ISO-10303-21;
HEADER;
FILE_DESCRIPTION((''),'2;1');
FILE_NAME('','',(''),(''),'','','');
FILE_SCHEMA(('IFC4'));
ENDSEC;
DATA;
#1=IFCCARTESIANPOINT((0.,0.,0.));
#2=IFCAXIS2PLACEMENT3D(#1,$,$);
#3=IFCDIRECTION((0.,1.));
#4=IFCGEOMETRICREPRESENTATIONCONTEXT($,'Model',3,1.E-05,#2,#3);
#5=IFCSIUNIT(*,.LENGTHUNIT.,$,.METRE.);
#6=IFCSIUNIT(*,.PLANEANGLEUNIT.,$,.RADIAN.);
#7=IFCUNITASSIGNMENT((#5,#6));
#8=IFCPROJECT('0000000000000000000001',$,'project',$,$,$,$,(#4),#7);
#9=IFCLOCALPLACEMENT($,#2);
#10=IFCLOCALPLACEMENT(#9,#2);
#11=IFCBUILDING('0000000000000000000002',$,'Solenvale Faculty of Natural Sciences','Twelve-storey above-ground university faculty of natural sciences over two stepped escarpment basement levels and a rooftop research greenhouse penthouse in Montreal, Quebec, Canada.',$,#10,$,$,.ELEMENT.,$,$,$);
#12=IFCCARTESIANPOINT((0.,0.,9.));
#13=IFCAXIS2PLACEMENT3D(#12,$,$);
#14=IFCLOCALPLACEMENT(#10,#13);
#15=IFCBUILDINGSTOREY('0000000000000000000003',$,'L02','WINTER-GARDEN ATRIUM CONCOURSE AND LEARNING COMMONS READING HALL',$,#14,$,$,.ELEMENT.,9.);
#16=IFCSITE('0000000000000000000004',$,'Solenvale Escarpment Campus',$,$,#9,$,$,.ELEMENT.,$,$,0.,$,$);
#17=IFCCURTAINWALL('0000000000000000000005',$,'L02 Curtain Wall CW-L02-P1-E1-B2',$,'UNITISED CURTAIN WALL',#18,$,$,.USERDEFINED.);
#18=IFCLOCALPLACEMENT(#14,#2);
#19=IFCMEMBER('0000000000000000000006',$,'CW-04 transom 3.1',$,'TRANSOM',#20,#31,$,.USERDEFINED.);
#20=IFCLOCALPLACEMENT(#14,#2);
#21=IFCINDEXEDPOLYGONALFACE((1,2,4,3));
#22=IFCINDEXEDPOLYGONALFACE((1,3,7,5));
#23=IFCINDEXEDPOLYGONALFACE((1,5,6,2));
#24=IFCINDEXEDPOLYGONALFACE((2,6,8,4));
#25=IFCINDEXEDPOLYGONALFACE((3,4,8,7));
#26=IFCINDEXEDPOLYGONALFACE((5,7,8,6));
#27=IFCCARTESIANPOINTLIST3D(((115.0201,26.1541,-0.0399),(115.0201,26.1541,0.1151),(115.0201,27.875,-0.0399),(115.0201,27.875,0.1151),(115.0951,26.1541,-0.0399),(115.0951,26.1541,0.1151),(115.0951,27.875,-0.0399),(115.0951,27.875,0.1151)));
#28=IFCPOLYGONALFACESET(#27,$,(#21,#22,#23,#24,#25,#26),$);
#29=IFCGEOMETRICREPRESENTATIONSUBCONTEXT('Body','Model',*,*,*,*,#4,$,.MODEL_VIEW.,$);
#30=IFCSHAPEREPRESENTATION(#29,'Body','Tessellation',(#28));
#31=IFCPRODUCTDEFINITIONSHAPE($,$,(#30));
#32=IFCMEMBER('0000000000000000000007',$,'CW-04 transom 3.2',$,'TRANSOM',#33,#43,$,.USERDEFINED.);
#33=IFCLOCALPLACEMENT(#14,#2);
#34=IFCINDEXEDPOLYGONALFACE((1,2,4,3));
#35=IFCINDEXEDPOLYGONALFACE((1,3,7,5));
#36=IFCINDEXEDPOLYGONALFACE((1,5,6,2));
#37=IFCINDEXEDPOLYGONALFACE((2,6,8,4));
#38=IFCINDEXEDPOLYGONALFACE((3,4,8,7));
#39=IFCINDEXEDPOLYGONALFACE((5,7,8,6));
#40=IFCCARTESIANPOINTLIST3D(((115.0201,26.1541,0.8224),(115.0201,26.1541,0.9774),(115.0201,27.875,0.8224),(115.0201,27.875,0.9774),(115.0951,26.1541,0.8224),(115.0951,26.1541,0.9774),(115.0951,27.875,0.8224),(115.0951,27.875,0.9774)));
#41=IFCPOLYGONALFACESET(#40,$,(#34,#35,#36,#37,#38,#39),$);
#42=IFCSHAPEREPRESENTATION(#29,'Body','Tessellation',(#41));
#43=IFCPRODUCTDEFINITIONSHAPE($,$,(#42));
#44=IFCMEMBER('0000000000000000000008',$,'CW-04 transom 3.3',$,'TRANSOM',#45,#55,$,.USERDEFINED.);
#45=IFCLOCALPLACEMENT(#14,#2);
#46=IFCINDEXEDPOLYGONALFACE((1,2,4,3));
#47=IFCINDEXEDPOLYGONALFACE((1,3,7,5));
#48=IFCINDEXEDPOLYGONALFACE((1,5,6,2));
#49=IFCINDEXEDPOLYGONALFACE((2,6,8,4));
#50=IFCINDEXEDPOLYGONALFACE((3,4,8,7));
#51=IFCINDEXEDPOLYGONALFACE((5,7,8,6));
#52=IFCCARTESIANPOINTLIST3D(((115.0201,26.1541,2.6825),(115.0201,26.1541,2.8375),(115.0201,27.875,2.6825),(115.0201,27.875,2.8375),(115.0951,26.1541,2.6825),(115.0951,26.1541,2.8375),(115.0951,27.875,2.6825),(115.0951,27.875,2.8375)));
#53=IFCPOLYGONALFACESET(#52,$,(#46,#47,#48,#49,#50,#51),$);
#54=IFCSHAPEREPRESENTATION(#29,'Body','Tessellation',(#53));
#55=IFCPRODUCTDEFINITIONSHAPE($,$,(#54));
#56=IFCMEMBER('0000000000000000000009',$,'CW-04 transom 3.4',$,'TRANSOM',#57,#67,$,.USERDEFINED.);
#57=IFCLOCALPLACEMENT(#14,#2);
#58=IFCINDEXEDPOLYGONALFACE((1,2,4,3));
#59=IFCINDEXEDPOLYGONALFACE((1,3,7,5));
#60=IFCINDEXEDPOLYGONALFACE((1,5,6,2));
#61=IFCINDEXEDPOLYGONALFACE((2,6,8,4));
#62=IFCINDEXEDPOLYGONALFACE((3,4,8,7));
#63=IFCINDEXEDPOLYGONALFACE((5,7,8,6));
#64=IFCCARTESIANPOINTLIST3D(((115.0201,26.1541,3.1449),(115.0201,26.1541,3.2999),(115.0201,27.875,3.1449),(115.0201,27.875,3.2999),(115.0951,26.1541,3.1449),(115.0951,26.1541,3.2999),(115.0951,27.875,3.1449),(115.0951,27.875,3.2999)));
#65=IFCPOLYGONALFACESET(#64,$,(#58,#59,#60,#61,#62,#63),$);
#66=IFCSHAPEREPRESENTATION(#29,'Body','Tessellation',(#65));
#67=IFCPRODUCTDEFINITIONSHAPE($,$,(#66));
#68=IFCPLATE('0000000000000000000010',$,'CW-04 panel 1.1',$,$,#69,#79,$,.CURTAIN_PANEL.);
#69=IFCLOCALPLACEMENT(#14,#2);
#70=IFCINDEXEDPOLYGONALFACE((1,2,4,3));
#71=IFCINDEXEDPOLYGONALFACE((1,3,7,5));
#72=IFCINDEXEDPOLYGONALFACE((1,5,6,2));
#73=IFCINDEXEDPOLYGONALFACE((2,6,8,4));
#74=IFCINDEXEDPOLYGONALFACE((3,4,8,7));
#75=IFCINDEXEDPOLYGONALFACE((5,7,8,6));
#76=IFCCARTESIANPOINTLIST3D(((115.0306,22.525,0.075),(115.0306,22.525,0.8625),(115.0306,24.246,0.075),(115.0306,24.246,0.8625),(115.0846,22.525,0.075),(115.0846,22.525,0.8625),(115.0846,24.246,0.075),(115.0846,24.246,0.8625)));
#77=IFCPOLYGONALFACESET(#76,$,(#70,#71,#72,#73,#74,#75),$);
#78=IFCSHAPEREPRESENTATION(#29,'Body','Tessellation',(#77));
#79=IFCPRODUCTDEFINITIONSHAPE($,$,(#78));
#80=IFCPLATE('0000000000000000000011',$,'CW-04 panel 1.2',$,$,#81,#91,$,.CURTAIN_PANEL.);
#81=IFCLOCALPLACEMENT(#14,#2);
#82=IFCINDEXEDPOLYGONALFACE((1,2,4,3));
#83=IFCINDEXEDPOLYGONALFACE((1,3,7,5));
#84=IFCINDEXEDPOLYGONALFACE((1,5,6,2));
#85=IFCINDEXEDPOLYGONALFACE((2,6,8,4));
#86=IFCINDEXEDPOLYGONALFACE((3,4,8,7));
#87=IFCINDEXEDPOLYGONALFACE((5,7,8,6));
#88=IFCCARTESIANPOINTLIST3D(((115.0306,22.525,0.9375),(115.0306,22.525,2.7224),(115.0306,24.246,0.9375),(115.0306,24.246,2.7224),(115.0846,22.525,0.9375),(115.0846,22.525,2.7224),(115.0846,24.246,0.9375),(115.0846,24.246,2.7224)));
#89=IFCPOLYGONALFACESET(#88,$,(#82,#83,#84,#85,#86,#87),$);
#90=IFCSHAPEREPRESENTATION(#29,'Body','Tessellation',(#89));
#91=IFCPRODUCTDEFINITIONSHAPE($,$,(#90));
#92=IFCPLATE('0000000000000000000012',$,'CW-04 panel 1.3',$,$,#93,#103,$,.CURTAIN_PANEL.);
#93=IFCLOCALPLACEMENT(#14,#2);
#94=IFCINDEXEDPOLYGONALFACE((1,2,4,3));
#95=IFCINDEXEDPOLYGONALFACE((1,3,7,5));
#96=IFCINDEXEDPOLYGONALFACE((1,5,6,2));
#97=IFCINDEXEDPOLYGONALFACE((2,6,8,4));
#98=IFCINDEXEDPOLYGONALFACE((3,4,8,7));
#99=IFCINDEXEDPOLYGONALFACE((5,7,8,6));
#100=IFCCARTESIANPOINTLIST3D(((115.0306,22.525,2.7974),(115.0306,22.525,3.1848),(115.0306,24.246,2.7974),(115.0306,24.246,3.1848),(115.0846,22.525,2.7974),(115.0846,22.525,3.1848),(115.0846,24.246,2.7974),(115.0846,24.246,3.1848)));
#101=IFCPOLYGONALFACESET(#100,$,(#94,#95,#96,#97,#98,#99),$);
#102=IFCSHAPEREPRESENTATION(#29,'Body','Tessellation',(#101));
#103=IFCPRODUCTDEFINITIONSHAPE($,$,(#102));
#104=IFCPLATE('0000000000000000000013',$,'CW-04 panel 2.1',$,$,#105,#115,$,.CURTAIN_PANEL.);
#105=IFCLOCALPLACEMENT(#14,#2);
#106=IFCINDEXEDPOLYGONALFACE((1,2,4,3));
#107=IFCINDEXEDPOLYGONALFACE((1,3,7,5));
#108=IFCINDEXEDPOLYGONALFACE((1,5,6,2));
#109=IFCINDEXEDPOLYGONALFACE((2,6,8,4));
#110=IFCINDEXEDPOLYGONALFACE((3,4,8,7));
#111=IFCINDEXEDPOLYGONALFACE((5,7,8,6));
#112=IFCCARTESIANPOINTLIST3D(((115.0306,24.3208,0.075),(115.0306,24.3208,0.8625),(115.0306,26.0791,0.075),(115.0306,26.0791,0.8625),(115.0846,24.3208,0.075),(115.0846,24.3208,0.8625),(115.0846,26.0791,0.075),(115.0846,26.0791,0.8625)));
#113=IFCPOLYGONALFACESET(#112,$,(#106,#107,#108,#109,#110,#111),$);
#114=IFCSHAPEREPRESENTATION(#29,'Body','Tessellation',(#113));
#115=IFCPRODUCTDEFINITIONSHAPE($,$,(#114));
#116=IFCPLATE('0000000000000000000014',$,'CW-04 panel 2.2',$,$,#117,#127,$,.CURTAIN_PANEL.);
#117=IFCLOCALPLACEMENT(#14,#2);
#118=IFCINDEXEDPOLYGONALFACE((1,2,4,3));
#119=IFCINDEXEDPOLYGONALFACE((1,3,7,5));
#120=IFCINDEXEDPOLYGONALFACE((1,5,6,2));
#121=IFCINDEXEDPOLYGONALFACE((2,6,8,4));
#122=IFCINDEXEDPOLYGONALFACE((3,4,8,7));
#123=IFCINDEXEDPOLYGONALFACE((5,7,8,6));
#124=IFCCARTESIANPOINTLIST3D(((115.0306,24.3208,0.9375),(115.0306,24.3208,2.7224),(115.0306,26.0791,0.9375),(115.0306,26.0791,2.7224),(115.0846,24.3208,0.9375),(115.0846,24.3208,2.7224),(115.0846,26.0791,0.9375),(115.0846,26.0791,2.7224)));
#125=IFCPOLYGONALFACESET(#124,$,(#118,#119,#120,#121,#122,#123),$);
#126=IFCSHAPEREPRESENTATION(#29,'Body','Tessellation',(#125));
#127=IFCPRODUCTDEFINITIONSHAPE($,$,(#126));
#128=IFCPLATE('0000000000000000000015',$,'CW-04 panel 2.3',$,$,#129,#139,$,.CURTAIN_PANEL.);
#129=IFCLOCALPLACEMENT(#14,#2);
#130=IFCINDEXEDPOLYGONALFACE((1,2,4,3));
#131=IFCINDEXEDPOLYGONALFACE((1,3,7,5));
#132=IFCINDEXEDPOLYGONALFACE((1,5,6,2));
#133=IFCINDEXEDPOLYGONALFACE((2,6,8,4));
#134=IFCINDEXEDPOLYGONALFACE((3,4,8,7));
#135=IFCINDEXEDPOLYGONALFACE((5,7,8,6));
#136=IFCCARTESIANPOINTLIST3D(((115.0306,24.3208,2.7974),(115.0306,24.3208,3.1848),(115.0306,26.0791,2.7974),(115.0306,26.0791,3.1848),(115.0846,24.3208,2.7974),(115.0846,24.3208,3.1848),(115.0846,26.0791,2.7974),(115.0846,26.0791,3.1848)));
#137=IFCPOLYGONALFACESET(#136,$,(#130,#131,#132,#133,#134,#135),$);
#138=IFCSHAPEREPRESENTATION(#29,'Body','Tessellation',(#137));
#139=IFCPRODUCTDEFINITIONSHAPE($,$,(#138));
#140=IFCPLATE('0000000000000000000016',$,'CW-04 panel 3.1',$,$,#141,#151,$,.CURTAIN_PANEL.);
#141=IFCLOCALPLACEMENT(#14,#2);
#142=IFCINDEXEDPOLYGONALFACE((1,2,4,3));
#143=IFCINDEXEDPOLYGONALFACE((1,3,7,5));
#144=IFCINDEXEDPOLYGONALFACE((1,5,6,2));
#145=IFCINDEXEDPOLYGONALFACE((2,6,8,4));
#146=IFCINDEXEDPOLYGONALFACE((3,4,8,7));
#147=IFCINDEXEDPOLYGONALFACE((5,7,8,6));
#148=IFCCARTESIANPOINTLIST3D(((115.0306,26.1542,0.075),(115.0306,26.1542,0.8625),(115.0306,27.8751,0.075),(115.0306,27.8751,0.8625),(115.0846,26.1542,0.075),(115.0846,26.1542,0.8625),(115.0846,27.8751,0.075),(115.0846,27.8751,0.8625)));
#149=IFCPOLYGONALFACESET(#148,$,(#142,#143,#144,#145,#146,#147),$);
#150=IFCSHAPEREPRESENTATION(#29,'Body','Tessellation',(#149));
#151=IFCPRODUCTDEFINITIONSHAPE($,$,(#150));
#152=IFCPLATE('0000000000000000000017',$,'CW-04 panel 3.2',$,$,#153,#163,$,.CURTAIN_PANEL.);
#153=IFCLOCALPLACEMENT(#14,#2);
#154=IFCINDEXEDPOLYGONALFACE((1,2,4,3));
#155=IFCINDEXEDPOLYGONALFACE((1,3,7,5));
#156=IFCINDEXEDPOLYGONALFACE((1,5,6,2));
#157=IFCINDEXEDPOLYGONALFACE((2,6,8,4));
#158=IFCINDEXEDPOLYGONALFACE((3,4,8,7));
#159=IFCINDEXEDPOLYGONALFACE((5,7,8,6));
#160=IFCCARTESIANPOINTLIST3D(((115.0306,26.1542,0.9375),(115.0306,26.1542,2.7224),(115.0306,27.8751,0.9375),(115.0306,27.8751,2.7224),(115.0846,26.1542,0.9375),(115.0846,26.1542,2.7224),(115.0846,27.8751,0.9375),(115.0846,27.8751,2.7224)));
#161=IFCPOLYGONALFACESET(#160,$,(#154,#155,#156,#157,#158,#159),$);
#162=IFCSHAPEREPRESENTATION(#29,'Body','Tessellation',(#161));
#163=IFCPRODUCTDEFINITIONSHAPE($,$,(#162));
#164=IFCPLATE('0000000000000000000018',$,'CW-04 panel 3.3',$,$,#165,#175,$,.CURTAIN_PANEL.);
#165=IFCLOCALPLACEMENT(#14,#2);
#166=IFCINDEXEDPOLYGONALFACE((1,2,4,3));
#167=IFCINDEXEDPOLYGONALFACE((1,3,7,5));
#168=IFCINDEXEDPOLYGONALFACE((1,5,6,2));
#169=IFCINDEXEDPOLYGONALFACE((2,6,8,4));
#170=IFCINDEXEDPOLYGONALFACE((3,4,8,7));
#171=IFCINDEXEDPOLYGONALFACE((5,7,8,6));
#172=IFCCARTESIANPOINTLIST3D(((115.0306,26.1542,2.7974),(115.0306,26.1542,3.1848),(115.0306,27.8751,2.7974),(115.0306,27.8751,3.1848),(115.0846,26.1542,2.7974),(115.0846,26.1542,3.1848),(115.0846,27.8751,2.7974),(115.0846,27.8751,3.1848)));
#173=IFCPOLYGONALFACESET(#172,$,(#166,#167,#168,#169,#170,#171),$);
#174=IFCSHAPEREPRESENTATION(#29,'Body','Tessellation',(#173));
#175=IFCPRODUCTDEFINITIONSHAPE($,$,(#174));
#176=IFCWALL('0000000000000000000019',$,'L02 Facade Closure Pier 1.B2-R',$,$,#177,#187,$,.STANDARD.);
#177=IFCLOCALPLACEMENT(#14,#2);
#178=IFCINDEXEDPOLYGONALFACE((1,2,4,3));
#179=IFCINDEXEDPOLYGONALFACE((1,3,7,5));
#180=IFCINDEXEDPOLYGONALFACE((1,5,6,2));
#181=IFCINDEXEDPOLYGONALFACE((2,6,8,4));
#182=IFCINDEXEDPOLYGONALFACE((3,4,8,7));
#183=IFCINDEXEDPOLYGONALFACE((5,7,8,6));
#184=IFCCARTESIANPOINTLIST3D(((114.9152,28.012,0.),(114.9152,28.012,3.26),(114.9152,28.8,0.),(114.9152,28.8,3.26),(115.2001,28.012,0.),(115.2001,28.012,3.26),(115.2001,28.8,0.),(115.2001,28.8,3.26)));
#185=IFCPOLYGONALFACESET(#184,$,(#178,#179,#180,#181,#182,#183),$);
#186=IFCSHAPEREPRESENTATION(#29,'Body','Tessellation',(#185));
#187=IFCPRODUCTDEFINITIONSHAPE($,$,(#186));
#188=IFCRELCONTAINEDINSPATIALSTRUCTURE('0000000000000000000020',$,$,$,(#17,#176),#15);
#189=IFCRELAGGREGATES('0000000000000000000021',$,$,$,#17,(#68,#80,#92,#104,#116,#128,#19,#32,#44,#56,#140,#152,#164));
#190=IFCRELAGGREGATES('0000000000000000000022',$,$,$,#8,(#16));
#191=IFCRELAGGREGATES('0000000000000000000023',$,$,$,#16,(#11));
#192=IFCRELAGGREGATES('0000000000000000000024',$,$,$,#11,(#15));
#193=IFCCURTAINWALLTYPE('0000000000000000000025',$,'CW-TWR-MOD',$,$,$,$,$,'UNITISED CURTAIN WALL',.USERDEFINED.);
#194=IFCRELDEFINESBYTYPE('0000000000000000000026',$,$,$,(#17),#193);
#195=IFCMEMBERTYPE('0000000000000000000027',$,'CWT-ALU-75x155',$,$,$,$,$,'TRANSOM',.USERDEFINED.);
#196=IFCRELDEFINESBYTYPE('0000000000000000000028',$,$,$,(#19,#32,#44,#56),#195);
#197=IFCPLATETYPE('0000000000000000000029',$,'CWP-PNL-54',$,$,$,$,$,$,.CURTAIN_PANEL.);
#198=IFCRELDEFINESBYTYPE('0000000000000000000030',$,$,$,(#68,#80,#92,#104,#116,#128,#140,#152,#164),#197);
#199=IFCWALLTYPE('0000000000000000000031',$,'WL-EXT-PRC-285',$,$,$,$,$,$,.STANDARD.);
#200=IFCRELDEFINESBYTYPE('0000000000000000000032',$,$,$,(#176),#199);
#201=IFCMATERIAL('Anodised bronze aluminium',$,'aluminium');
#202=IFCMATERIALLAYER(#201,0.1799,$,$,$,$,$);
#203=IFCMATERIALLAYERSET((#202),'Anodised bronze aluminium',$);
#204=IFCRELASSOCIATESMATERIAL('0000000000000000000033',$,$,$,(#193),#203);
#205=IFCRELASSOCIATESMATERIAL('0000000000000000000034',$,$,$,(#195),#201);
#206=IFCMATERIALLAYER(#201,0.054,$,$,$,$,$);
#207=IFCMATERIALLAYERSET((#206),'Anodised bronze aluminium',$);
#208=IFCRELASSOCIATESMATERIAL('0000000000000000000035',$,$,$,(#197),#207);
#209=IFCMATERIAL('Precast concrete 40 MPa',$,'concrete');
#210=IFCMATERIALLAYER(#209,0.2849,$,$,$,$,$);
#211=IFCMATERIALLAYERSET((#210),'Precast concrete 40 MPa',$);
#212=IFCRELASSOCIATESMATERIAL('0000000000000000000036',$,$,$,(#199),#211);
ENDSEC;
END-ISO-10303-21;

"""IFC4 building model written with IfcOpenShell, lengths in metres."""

from ifc_helpers import new_model, si_unit, direction, frame, frame_2d, origin, origin_2d, place, context, subcontext, project, spatial, rectangle, extrude, material, layer, layer_set, material_profile, profile_set, type_object, element, aggregate, save


model = new_model("IFC4")

# Units and contexts
model_context = context("Model", 3, precision=1e-05, world=origin(), true_north=direction((0.0, 1.0)))
body_context = subcontext(model_context, "Body", "Model", "MODEL_VIEW")
ifc_project = project(units=[si_unit("LENGTHUNIT", "METRE"), si_unit("PLANEANGLEUNIT", "RADIAN")], contexts=[model_context])

# Site, building, storey
site_placement = place(None, origin())
site = spatial("IfcSite", under=ifc_project, at=site_placement, Name="Solenvale Escarpment Campus", CompositionType="ELEMENT", RefElevation=0.0)
building_placement = place(site_placement, origin())
building = spatial("IfcBuilding", under=site, at=building_placement, Name="Solenvale Faculty of Natural Sciences", Description="Twelve-storey above-ground university faculty of natural sciences over two stepped escarpment basement levels and a rooftop research greenhouse penthouse in Montreal, Quebec, Canada.", CompositionType="ELEMENT")
storey_placement = place(building_placement, frame((0.0, 0.0, 9.0)))
storey = spatial("IfcBuildingStorey", under=building, at=storey_placement, Name="L02", Description="WINTER-GARDEN ATRIUM CONCOURSE AND LEARNING COMMONS READING HALL", CompositionType="ELEMENT", Elevation=9.0)

# Curtain wall, members, plates
ifc_material_1 = material(Name="Anodised bronze aluminium", Category="aluminium")
ifc_layer_1 = layer(ifc_material_1, 0.1799)
ifc_layer_set_1 = layer_set([ifc_layer_1], Name="Anodised bronze aluminium")
curtain_wall_type = type_object("IfcCurtainWallType", Name="CW-TWR-MOD", ElementType="UNITISED CURTAIN WALL", PredefinedType="USERDEFINED", material=ifc_layer_set_1)
curtain_wall_placement = place(storey_placement, origin())
curtain_wall = element("IfcCurtainWall", 1, at=curtain_wall_placement, inside=storey, type_object=curtain_wall_type, Name="L02 Curtain Wall CW-L02-P1-E1-B2", ObjectType="UNITISED CURTAIN WALL", PredefinedType="USERDEFINED")
ifc_material_profile_1 = material_profile(ifc_material_1, rectangle(XDim=0.075, YDim=0.155, at=origin_2d()), Name="ALU-TRN-75x155")
ifc_profile_set_1 = profile_set([ifc_material_profile_1], Name="Anodised bronze aluminium")
member_type_1 = type_object("IfcMemberType", Name="CWT-ALU-75x155", ElementType="TRANSOM", PredefinedType="USERDEFINED", material=ifc_profile_set_1)
member_1_placement = place(storey_placement, frame((115.0576, 26.1541, 0.0376), z_axis=(0.0, 1.0, 0.0), x_axis=(-1.0, 0.0, 0.0)))
member_1 = element("IfcMember", 2, at=member_1_placement, type_object=member_type_1, Name="CW-04 transom 3.1", ObjectType="TRANSOM", PredefinedType="USERDEFINED", context=body_context, shape_type="SweptSolid", body=[
    extrude(rectangle(XDim=0.075, YDim=0.155, at=origin_2d()), origin(), (0.0, 0.0, 1.0), 1.7209),
])
member_2_placement = place(storey_placement, frame((115.0576, 26.1541, 0.8999), z_axis=(0.0, 1.0, 0.0), x_axis=(-1.0, 0.0, 0.0)))
member_2 = element("IfcMember", 3, at=member_2_placement, type_object=member_type_1, Name="CW-04 transom 3.2", ObjectType="TRANSOM", PredefinedType="USERDEFINED", context=body_context, shape_type="SweptSolid", body=[
    extrude(rectangle(XDim=0.075, YDim=0.155, at=origin_2d()), origin(), (0.0, 0.0, 1.0), 1.7209),
])
member_3_placement = place(storey_placement, frame((115.0576, 26.1541, 2.76), z_axis=(0.0, 1.0, 0.0), x_axis=(-1.0, 0.0, 0.0)))
member_3 = element("IfcMember", 4, at=member_3_placement, type_object=member_type_1, Name="CW-04 transom 3.3", ObjectType="TRANSOM", PredefinedType="USERDEFINED", context=body_context, shape_type="SweptSolid", body=[
    extrude(rectangle(XDim=0.075, YDim=0.155, at=origin_2d()), origin(), (0.0, 0.0, 1.0), 1.7209),
])
member_4_placement = place(storey_placement, frame((115.0576, 26.1541, 3.2224), z_axis=(0.0, 1.0, 0.0), x_axis=(-1.0, 0.0, 0.0)))
member_4 = element("IfcMember", 5, at=member_4_placement, type_object=member_type_1, Name="CW-04 transom 3.4", ObjectType="TRANSOM", PredefinedType="USERDEFINED", context=body_context, shape_type="SweptSolid", body=[
    extrude(rectangle(XDim=0.075, YDim=0.155, at=origin_2d()), origin(), (0.0, 0.0, 1.0), 1.7209),
])
ifc_layer_2 = layer(ifc_material_1, 0.054)
ifc_layer_set_2 = layer_set([ifc_layer_2], Name="Anodised bronze aluminium")
plate_type = type_object("IfcPlateType", Name="CWP-PNL-54", PredefinedType="CURTAIN_PANEL", material=ifc_layer_set_2)
plate_1_placement = place(storey_placement, frame((115.0576, 23.3855, 0.075), z_axis=(0.0, 0.0, 1.0), x_axis=(0.0, 1.0, 0.0)))
plate_1 = element("IfcPlate", 6, at=plate_1_placement, type_object=plate_type, Name="CW-04 panel 1.1", PredefinedType="CURTAIN_PANEL", context=body_context, shape_type="SweptSolid", body=[
    extrude(rectangle(XDim=1.7209, YDim=0.054, at=origin_2d()), origin(), (0.0, 0.0, 1.0), 0.7876),
])
plate_2_placement = place(storey_placement, frame((115.0576, 23.3855, 0.9375), z_axis=(0.0, 0.0, 1.0), x_axis=(0.0, 1.0, 0.0)))
plate_2 = element("IfcPlate", 7, at=plate_2_placement, type_object=plate_type, Name="CW-04 panel 1.2", PredefinedType="CURTAIN_PANEL", context=body_context, shape_type="SweptSolid", body=[
    extrude(rectangle(XDim=1.7209, YDim=0.054, at=origin_2d()), origin(), (0.0, 0.0, 1.0), 1.7849),
])
plate_3_placement = place(storey_placement, frame((115.0576, 23.3855, 2.7974), z_axis=(0.0, 0.0, 1.0), x_axis=(0.0, 1.0, 0.0)))
plate_3 = element("IfcPlate", 8, at=plate_3_placement, type_object=plate_type, Name="CW-04 panel 1.3", PredefinedType="CURTAIN_PANEL", context=body_context, shape_type="SweptSolid", body=[
    extrude(rectangle(XDim=1.7209, YDim=0.054, at=origin_2d()), origin(), (0.0, 0.0, 1.0), 0.3875),
])
plate_4_placement = place(storey_placement, frame((115.0576, 25.2, 0.075), z_axis=(0.0, 0.0, 1.0), x_axis=(0.0, 1.0, 0.0)))
plate_4 = element("IfcPlate", 9, at=plate_4_placement, type_object=plate_type, Name="CW-04 panel 2.1", PredefinedType="CURTAIN_PANEL", context=body_context, shape_type="SweptSolid", body=[
    extrude(rectangle(XDim=1.7583, YDim=0.054, at=origin_2d()), origin(), (0.0, 0.0, 1.0), 0.7876),
])
plate_5_placement = place(storey_placement, frame((115.0576, 25.2, 0.9375), z_axis=(0.0, 0.0, 1.0), x_axis=(0.0, 1.0, 0.0)))
plate_5 = element("IfcPlate", 10, at=plate_5_placement, type_object=plate_type, Name="CW-04 panel 2.2", PredefinedType="CURTAIN_PANEL", context=body_context, shape_type="SweptSolid", body=[
    extrude(rectangle(XDim=1.7583, YDim=0.054, at=origin_2d()), origin(), (0.0, 0.0, 1.0), 1.7849),
])
plate_6_placement = place(storey_placement, frame((115.0576, 25.2, 2.7974), z_axis=(0.0, 0.0, 1.0), x_axis=(0.0, 1.0, 0.0)))
plate_6 = element("IfcPlate", 11, at=plate_6_placement, type_object=plate_type, Name="CW-04 panel 2.3", PredefinedType="CURTAIN_PANEL", context=body_context, shape_type="SweptSolid", body=[
    extrude(rectangle(XDim=1.7583, YDim=0.054, at=origin_2d()), origin(), (0.0, 0.0, 1.0), 0.3875),
])
plate_7_placement = place(storey_placement, frame((115.0576, 27.0146, 0.075), z_axis=(0.0, 0.0, 1.0), x_axis=(0.0, 1.0, 0.0)))
plate_7 = element("IfcPlate", 12, at=plate_7_placement, type_object=plate_type, Name="CW-04 panel 3.1", PredefinedType="CURTAIN_PANEL", context=body_context, shape_type="SweptSolid", body=[
    extrude(rectangle(XDim=1.7209, YDim=0.054, at=origin_2d()), origin(), (0.0, 0.0, 1.0), 0.7876),
])
plate_8_placement = place(storey_placement, frame((115.0576, 27.0146, 0.9375), z_axis=(0.0, 0.0, 1.0), x_axis=(0.0, 1.0, 0.0)))
plate_8 = element("IfcPlate", 13, at=plate_8_placement, type_object=plate_type, Name="CW-04 panel 3.2", PredefinedType="CURTAIN_PANEL", context=body_context, shape_type="SweptSolid", body=[
    extrude(rectangle(XDim=1.7209, YDim=0.054, at=origin_2d()), origin(), (0.0, 0.0, 1.0), 1.7849),
])
plate_9_placement = place(storey_placement, frame((115.0576, 27.0146, 2.7974), z_axis=(0.0, 0.0, 1.0), x_axis=(0.0, 1.0, 0.0)))
plate_9 = element("IfcPlate", 14, at=plate_9_placement, type_object=plate_type, Name="CW-04 panel 3.3", PredefinedType="CURTAIN_PANEL", context=body_context, shape_type="SweptSolid", body=[
    extrude(rectangle(XDim=1.7209, YDim=0.054, at=origin_2d()), origin(), (0.0, 0.0, 1.0), 0.3875),
])
aggregate(curtain_wall, [plate_1, plate_2, plate_3, plate_4, plate_5, plate_6, member_1, member_2, member_3, member_4, plate_7, plate_8, plate_9])

# Wall
ifc_material_2 = material(Name="Precast concrete 40 MPa", Category="concrete")
ifc_layer_3 = layer(ifc_material_2, 0.2849)
ifc_layer_set_3 = layer_set([ifc_layer_3], Name="Precast concrete 40 MPa")
wall_type_1 = type_object("IfcWallType", Name="WL-EXT-PRC-285", PredefinedType="STANDARD", material=ifc_layer_set_3)
wall_1_placement = place(storey_placement, frame((115.0576, 28.012, 0.0), z_axis=(0.0, 0.0, 1.0), x_axis=(0.0, 1.0, 0.0)))
element("IfcWall", 15, at=wall_1_placement, inside=storey, type_object=wall_type_1, Name="L02 Facade Closure Pier 1.B2-R", PredefinedType="STANDARD", context=body_context, shape_type="SweptSolid", body=[
    extrude(rectangle(XDim=0.7881, YDim=0.2849, at=frame_2d((0.394, 0.0))), origin(), (0.0, 0.0, 1.0), 3.26),
])

save(model, "model.ifc")
